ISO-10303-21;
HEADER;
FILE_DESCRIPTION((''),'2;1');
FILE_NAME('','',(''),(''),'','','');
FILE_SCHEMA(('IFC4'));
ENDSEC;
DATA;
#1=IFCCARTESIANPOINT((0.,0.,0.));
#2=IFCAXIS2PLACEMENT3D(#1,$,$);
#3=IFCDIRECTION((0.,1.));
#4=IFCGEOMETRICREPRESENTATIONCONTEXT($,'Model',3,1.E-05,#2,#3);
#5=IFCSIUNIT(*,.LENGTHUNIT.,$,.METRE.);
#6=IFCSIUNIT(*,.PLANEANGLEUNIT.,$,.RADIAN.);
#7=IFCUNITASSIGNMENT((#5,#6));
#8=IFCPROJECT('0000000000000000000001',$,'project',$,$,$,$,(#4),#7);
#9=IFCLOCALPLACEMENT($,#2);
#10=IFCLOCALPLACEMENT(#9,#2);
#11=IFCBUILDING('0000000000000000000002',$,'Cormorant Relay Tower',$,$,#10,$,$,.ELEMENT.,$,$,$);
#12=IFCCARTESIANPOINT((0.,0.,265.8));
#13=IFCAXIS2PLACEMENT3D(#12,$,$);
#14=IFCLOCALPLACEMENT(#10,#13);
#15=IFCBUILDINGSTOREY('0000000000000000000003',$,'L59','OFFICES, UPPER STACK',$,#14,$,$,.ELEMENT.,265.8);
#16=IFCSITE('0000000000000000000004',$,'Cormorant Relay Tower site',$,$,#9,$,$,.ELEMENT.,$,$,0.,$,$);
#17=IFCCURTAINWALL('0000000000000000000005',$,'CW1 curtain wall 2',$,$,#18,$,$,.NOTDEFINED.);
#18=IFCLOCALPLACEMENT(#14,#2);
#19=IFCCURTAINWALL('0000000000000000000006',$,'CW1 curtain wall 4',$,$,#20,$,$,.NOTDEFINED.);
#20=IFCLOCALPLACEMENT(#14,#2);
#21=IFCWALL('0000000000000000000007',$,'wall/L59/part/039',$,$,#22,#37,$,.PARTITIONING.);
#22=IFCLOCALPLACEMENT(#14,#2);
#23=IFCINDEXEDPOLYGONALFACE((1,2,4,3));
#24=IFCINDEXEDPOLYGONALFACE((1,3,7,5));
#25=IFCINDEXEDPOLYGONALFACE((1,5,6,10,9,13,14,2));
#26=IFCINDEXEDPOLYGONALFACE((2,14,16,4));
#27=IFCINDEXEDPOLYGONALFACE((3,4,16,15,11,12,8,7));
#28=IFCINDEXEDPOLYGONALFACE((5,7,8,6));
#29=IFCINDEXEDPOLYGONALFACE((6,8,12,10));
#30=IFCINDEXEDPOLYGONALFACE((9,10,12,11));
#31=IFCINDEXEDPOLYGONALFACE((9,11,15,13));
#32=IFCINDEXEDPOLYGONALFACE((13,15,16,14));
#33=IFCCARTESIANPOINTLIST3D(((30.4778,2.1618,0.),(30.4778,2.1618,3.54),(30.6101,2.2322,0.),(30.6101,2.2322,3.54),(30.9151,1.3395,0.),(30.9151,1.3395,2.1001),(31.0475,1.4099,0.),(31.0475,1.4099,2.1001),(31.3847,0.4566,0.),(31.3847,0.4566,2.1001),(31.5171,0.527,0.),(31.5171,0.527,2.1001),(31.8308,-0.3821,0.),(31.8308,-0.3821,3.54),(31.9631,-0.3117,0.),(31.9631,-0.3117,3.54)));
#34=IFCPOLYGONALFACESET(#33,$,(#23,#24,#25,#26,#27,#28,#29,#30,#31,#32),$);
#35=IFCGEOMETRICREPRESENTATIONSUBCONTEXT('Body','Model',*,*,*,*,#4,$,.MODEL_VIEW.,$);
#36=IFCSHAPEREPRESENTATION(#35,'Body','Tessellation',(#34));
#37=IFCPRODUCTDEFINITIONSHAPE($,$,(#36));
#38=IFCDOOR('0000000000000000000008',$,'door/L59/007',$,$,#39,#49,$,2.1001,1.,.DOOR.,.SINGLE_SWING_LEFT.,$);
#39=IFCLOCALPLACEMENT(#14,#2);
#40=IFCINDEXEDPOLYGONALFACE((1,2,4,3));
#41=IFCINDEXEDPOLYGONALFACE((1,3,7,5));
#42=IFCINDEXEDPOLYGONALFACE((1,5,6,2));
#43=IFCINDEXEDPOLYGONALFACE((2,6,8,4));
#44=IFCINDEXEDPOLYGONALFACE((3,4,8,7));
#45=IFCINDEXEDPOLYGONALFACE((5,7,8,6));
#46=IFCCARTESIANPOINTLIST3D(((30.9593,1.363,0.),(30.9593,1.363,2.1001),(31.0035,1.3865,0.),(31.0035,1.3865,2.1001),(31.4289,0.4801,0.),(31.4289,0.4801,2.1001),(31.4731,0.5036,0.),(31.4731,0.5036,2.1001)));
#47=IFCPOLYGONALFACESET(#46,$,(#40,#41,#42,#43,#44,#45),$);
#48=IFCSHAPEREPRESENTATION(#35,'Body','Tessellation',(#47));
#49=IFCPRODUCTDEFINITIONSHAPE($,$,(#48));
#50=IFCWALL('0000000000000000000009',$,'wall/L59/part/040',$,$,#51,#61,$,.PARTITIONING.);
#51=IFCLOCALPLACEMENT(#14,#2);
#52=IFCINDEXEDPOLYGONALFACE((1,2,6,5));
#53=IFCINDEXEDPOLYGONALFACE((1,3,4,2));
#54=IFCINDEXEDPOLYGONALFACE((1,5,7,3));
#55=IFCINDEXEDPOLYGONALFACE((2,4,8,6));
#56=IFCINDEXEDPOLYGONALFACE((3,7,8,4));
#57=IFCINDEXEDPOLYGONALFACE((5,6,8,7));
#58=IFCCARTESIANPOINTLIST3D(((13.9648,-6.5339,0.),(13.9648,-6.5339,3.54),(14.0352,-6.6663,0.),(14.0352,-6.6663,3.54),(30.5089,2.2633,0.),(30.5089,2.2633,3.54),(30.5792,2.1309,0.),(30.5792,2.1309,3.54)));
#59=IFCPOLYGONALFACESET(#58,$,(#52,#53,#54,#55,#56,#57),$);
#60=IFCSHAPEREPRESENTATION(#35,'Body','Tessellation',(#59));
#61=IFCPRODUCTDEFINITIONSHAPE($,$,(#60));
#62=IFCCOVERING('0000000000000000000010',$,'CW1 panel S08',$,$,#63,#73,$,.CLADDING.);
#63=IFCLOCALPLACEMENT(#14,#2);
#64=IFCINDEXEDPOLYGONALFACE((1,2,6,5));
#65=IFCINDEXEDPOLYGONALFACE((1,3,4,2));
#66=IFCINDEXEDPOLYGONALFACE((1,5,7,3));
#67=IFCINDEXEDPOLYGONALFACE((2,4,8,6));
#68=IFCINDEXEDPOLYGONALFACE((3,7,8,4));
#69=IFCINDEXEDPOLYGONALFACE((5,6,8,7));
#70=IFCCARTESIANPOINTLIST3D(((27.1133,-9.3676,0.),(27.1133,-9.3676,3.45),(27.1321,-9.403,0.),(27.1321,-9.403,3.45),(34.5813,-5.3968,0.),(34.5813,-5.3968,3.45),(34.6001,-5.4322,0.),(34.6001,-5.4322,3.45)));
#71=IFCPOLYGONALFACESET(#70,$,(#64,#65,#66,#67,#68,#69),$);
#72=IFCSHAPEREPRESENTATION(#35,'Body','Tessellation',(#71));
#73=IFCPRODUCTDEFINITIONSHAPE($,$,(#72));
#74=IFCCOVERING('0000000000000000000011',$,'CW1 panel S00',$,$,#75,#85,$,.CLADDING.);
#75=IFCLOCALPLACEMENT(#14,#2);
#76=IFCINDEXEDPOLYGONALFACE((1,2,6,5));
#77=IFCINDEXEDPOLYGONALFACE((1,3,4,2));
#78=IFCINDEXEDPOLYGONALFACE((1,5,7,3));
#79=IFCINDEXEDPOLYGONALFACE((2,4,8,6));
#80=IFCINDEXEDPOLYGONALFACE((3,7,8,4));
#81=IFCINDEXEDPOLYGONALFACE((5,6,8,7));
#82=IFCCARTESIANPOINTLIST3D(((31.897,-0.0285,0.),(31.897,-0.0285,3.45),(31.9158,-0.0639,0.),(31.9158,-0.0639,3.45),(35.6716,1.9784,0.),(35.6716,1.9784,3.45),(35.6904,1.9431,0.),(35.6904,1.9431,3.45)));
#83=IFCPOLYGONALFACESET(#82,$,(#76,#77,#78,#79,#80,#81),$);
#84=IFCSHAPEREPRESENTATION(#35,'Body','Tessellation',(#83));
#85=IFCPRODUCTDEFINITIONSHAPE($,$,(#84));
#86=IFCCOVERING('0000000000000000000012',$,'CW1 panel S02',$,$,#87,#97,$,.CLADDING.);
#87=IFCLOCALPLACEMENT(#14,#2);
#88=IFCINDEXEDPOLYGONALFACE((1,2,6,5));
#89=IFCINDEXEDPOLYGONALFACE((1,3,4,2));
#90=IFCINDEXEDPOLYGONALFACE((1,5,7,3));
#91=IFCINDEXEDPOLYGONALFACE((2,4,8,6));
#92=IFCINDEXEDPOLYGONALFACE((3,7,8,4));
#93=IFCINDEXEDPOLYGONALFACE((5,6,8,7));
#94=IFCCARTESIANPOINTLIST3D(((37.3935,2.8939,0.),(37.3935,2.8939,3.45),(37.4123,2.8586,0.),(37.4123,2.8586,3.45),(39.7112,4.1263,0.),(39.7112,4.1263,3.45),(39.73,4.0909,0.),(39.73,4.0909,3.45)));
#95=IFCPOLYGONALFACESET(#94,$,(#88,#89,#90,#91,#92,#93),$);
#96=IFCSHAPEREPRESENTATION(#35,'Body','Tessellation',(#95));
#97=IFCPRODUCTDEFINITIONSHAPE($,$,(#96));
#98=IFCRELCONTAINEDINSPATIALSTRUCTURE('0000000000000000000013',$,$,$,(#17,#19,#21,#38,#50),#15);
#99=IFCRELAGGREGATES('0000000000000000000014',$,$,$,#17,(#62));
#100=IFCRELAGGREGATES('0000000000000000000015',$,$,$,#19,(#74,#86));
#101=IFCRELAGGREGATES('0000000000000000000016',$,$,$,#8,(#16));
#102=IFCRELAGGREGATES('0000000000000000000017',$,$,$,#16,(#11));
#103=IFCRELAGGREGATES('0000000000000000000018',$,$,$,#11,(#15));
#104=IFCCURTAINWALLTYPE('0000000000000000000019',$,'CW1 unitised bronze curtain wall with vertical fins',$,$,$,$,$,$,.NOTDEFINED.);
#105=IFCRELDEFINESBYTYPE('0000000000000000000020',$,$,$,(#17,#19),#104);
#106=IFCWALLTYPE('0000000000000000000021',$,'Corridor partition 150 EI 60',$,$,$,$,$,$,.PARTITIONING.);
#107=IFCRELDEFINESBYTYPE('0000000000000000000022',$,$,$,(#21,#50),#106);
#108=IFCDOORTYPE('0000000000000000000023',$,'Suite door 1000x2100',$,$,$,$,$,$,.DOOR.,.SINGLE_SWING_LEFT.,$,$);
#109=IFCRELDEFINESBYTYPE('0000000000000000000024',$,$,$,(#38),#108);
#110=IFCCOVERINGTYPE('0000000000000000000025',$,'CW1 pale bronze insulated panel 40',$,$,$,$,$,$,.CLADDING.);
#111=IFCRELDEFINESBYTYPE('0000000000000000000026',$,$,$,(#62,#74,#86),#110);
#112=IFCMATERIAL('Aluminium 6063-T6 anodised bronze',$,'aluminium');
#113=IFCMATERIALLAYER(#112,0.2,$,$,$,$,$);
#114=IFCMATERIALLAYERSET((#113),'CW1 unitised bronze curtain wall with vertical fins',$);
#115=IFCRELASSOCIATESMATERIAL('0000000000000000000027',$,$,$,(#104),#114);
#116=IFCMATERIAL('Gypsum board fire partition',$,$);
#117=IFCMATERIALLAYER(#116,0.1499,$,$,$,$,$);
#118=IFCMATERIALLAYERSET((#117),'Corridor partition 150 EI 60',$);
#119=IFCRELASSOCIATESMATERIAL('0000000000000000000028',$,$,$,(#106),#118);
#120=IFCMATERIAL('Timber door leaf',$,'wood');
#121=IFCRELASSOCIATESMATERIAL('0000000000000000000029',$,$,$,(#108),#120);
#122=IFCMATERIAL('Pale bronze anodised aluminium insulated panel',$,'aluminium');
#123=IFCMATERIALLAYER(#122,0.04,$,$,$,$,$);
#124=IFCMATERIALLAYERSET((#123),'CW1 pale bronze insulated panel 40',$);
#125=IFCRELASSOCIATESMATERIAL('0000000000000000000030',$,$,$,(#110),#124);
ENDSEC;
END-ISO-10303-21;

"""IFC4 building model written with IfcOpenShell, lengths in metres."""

from ifc_helpers import new_model, si_unit, direction, frame, frame_2d, origin, origin_2d, place, context, subcontext, project, spatial, rectangle, extrude, material, layer, layer_set, type_object, element, fill, aggregate, save


model = new_model("IFC4")

# Units and contexts
model_context = context("Model", 3, precision=1e-05, world=origin(), true_north=direction((0.0, 1.0)))
body_context = subcontext(model_context, "Body", "Model", "MODEL_VIEW")
ifc_project = project(units=[si_unit("LENGTHUNIT", "METRE"), si_unit("PLANEANGLEUNIT", "RADIAN")], contexts=[model_context])

# Site, building, storey
site_placement = place(None, origin())
site = spatial("IfcSite", under=ifc_project, at=site_placement, Name="Cormorant Relay Tower site", CompositionType="ELEMENT", RefElevation=0.0)
building_placement = place(site_placement, origin())
building = spatial("IfcBuilding", under=site, at=building_placement, Name="Cormorant Relay Tower", CompositionType="ELEMENT")
storey_placement = place(building_placement, frame((0.0, 0.0, 265.8)))
storey = spatial("IfcBuildingStorey", under=building, at=storey_placement, Name="L59", Description="OFFICES, UPPER STACK", CompositionType="ELEMENT", Elevation=265.8)

# Curtain wall
ifc_material_1 = material(Name="Aluminium 6063-T6 anodised bronze", Category="aluminium")
ifc_layer_1 = layer(ifc_material_1, 0.2)
ifc_layer_set_1 = layer_set([ifc_layer_1], Name="CW1 unitised bronze curtain wall with vertical fins")
curtain_wall_type = type_object("IfcCurtainWallType", Name="CW1 unitised bronze curtain wall with vertical fins", PredefinedType="NOTDEFINED", material=ifc_layer_set_1)
curtain_wall_1_placement = place(storey_placement, origin())
curtain_wall_1 = element("IfcCurtainWall", 1, at=curtain_wall_1_placement, inside=storey, type_object=curtain_wall_type, Name="CW1 curtain wall 2", PredefinedType="NOTDEFINED")

# Curtain wall
curtain_wall_2_placement = place(storey_placement, origin())
curtain_wall_2 = element("IfcCurtainWall", 2, at=curtain_wall_2_placement, inside=storey, type_object=curtain_wall_type, Name="CW1 curtain wall 4", PredefinedType="NOTDEFINED")

# Wall, opening, door
ifc_material_2 = material(Name="Gypsum board fire partition")
ifc_layer_2 = layer(ifc_material_2, 0.1499)
ifc_layer_set_2 = layer_set([ifc_layer_2], Name="Corridor partition 150 EI 60")
wall_type_1 = type_object("IfcWallType", Name="Corridor partition 150 EI 60", PredefinedType="PARTITIONING", material=ifc_layer_set_2)
wall_1_placement = place(storey_placement, frame((31.897, -0.3469, 0.0), z_axis=(0.0, 0.0, 1.0), x_axis=(-0.469576, 0.882892, 0.0)))
wall_1 = element("IfcWall", 3, at=wall_1_placement, inside=storey, type_object=wall_type_1, Name="wall/L59/part/039", PredefinedType="PARTITIONING", context=body_context, shape_type="SweptSolid", body=[
    extrude(rectangle(XDim=2.8813, YDim=0.1499, at=frame_2d((1.4407, 0.0))), origin(), (0.0, 0.0, 1.0), 3.54),
])
opening_1_placement = place(wall_1_placement, frame((0.95, 0.0, 0.0)))
opening_1 = element("IfcOpeningElement", 4, at=opening_1_placement, cuts=wall_1, PredefinedType="OPENING", context=body_context, shape_type="SweptSolid", body=[
    extrude(rectangle(XDim=1.0, YDim=2.1001, at=frame_2d((0.5, 1.05))), frame((0.0, 0.085, 0.0), z_axis=(0.0, -1.0, 0.0), x_axis=(1.0, 0.0, 0.0)), (0.0, 0.0, 1.0), 0.1699),
])
ifc_material_3 = material(Name="Timber door leaf", Category="wood")
door_type_1 = type_object("IfcDoorType", Name="Suite door 1000x2100", OperationType="SINGLE_SWING_LEFT", PredefinedType="DOOR", material=ifc_material_3)
door_1_placement = place(opening_1_placement, origin())
door_1 = element("IfcDoor", 5, at=door_1_placement, inside=storey, type_object=door_type_1, Name="door/L59/007", OperationType="SINGLE_SWING_LEFT", OverallHeight=2.1001, OverallWidth=1.0, PredefinedType="DOOR", context=body_context, shape_type="SweptSolid", body=[
    extrude(rectangle(XDim=1.0, YDim=2.1001, at=frame_2d((0.5, 1.05))), frame((0.0, 0.0249, 0.0), z_axis=(0.0, -1.0, 0.0), x_axis=(1.0, 0.0, 0.0)), (0.0, 0.0, 1.0), 0.05),
])
fill(opening_1, door_1)

# Wall
wall_2_placement = place(storey_placement, frame((30.5439, 2.197, 0.0), z_axis=(0.0, 0.0, 1.0), x_axis=(-0.882935, -0.469494, 0.0)))
element("IfcWall", 6, at=wall_2_placement, inside=storey, type_object=wall_type_1, Name="wall/L59/part/040", PredefinedType="PARTITIONING", context=body_context, shape_type="SweptSolid", body=[
    extrude(rectangle(XDim=18.7375, YDim=0.1499, at=frame_2d((9.3687, 0.0))), origin(), (0.0, 0.0, 1.0), 3.54),
])

# Coverings
ifc_material_4 = material(Name="Pale bronze anodised aluminium insulated panel", Category="aluminium")
ifc_layer_3 = layer(ifc_material_4, 0.04)
ifc_layer_set_3 = layer_set([ifc_layer_3], Name="CW1 pale bronze insulated panel 40")
covering_type = type_object("IfcCoveringType", Name="CW1 pale bronze insulated panel 40", PredefinedType="CLADDING", material=ifc_layer_set_3)
covering_1_placement = place(storey_placement, frame((30.8567, -7.3999, 0.0), z_axis=(0.0, 0.0, 1.0), x_axis=(0.882948, 0.469472, 0.0)))
covering_1 = element("IfcCovering", 7, at=covering_1_placement, type_object=covering_type, Name="CW1 panel S08", PredefinedType="CLADDING", context=body_context, shape_type="SweptSolid", body=[
    extrude(rectangle(XDim=8.458, YDim=0.04, at=origin_2d()), origin(), (0.0, 0.0, 1.0), 3.45),
])
aggregate(curtain_wall_1, [covering_1])
covering_2_placement = place(storey_placement, frame((33.7937, 0.9573, 0.0), z_axis=(0.0, 0.0, 1.0), x_axis=(0.882948, 0.469472, 0.0)))
covering_2 = element("IfcCovering", 8, at=covering_2_placement, type_object=covering_type, Name="CW1 panel S00", PredefinedType="CLADDING", context=body_context, shape_type="SweptSolid", body=[
    extrude(rectangle(XDim=4.2749, YDim=0.04, at=origin_2d()), origin(), (0.0, 0.0, 1.0), 3.45),
])
covering_3_placement = place(storey_placement, frame((38.5618, 3.4924, 0.0), z_axis=(0.0, 0.0, 1.0), x_axis=(0.882948, 0.469472, 0.0)))
covering_3 = element("IfcCovering", 9, at=covering_3_placement, type_object=covering_type, Name="CW1 panel S02", PredefinedType="CLADDING", context=body_context, shape_type="SweptSolid", body=[
    extrude(rectangle(XDim=2.625, YDim=0.04, at=origin_2d()), origin(), (0.0, 0.0, 1.0), 3.45),
])
aggregate(curtain_wall_2, [covering_2, covering_3])

save(model, "model.ifc")
